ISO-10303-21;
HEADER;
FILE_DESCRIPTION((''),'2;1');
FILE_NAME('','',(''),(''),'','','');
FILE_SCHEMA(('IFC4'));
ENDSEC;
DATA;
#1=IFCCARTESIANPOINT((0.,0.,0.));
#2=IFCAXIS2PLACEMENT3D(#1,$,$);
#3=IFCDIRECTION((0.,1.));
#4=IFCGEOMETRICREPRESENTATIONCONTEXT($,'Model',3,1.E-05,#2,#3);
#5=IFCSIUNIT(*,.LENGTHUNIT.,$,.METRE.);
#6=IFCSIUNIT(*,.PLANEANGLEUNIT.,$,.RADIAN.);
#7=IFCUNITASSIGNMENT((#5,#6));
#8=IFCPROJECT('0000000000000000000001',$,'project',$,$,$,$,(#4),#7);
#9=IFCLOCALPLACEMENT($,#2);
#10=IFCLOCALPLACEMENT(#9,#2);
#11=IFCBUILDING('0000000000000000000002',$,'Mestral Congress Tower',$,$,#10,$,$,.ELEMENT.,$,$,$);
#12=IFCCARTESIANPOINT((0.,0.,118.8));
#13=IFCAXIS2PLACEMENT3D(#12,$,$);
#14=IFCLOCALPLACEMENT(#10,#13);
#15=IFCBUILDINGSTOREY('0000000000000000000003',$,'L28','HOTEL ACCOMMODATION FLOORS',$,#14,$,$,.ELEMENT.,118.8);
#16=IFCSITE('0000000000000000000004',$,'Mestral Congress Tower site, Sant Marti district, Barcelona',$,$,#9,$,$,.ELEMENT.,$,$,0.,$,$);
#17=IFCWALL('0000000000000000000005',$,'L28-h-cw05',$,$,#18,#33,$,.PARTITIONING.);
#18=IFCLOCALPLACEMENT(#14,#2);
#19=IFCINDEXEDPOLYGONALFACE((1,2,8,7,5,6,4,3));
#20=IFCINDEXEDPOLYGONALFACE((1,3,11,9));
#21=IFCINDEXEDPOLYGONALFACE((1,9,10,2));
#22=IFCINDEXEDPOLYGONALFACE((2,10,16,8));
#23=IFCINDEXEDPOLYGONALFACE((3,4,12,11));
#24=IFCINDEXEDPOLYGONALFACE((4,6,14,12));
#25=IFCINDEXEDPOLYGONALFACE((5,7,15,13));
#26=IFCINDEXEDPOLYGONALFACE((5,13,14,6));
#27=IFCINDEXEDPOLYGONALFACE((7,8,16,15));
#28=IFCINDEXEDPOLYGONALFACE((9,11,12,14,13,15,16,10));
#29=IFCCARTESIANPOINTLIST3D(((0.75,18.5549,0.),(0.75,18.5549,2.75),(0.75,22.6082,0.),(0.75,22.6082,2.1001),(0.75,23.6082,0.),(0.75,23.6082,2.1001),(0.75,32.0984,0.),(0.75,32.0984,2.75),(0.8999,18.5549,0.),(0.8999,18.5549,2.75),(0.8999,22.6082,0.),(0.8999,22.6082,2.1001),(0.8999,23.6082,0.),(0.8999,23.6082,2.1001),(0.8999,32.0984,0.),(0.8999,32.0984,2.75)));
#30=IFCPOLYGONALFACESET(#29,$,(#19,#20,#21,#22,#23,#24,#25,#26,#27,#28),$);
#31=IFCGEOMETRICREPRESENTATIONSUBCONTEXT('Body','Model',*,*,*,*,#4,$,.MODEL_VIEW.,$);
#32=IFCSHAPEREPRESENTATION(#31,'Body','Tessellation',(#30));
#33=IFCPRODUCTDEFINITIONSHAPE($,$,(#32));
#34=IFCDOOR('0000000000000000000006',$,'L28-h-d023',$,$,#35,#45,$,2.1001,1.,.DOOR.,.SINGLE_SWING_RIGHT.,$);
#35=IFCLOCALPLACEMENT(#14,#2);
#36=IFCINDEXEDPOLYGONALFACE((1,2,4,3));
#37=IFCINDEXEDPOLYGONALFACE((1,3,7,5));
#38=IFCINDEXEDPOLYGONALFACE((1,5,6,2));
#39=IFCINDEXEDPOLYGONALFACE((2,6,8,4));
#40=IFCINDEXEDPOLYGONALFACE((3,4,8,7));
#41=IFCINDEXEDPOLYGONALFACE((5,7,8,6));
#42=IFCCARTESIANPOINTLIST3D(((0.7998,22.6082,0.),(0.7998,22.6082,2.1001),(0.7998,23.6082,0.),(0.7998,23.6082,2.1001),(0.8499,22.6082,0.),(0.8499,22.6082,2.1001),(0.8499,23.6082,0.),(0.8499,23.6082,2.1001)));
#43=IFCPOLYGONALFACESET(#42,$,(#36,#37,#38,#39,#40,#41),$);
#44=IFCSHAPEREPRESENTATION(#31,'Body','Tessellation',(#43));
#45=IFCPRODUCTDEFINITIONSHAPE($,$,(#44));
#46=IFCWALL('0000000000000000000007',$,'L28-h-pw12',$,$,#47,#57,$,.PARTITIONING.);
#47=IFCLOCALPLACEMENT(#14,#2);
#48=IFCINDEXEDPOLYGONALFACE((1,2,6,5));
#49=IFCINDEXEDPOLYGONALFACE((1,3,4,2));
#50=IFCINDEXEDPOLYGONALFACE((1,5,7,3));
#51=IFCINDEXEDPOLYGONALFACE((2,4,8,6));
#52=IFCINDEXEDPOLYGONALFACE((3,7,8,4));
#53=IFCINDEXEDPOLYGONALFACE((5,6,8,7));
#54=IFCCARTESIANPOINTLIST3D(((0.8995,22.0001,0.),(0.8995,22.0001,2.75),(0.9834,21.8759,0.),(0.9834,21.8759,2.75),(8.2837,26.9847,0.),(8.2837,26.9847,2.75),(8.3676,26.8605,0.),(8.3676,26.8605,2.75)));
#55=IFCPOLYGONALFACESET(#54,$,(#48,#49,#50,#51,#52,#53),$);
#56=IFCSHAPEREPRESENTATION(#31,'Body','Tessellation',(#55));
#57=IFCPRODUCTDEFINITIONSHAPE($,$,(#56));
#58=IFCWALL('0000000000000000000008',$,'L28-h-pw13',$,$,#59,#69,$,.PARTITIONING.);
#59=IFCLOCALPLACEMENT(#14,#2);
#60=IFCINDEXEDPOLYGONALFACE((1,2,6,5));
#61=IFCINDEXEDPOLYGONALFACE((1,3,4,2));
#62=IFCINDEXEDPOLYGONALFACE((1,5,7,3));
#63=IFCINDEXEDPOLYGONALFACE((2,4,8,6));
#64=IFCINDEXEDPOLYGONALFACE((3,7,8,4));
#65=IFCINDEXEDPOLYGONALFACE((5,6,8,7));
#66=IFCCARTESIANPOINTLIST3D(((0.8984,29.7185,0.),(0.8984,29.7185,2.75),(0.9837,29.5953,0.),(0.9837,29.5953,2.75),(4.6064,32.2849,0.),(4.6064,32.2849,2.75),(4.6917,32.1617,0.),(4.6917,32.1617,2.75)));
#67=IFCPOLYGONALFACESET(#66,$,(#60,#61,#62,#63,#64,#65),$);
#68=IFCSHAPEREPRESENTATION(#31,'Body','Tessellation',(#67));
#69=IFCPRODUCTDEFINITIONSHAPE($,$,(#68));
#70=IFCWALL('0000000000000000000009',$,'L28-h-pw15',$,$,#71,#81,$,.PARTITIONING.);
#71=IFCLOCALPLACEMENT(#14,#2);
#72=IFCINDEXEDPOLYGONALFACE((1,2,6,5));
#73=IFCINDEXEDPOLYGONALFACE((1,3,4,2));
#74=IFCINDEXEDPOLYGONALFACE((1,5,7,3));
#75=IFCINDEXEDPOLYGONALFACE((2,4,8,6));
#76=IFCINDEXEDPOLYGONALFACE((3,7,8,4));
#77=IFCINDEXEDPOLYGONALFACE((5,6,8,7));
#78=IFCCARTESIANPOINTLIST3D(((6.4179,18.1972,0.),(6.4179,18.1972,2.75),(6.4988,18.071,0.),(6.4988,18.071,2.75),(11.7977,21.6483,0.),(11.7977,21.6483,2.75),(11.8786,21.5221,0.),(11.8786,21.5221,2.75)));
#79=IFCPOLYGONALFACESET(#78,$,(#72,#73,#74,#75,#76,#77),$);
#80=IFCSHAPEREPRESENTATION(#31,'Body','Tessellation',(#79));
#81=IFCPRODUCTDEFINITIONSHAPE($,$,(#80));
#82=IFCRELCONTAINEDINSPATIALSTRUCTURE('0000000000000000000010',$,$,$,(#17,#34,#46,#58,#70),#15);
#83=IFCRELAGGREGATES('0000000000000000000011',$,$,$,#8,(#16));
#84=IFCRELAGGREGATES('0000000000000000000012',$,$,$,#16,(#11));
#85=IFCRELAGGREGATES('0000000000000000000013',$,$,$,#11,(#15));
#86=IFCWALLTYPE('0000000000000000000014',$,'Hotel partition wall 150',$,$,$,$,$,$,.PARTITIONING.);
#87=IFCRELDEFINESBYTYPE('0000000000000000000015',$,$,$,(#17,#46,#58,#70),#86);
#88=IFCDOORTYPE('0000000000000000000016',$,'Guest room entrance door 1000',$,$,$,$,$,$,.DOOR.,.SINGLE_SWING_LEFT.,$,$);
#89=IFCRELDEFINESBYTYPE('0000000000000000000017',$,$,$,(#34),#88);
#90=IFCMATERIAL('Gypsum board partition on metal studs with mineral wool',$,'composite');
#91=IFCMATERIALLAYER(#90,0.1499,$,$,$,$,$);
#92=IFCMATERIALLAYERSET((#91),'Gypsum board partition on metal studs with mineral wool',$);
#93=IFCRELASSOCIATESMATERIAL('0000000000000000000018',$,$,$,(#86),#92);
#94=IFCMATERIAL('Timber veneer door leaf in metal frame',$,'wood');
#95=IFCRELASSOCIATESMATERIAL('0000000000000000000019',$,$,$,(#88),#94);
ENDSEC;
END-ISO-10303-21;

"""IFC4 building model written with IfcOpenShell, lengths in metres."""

from ifc_helpers import new_model, si_unit, direction, frame, frame_2d, origin, place, context, subcontext, project, spatial, rectangle, extrude, material, layer, layer_set, type_object, element, fill, save


model = new_model("IFC4")

# Units and contexts
model_context = context("Model", 3, precision=1e-05, world=origin(), true_north=direction((0.0, 1.0)))
body_context = subcontext(model_context, "Body", "Model", "MODEL_VIEW")
ifc_project = project(units=[si_unit("LENGTHUNIT", "METRE"), si_unit("PLANEANGLEUNIT", "RADIAN")], contexts=[model_context])

# Site, building, storey
site_placement = place(None, origin())
site = spatial("IfcSite", under=ifc_project, at=site_placement, Name="Mestral Congress Tower site, Sant Marti district, Barcelona", CompositionType="ELEMENT", RefElevation=0.0)
building_placement = place(site_placement, origin())
building = spatial("IfcBuilding", under=site, at=building_placement, Name="Mestral Congress Tower", CompositionType="ELEMENT")
storey_placement = place(building_placement, frame((0.0, 0.0, 118.8)))
storey = spatial("IfcBuildingStorey", under=building, at=storey_placement, Name="L28", Description="HOTEL ACCOMMODATION FLOORS", CompositionType="ELEMENT", Elevation=118.8)

# Shared definitions
ifc_material_1 = material(Name="Gypsum board partition on metal studs with mineral wool", Category="composite")

# Wall, opening, door
ifc_layer_1 = layer(ifc_material_1, 0.1499)
ifc_layer_set_1 = layer_set([ifc_layer_1], Name="Gypsum board partition on metal studs with mineral wool")
wall_type_1 = type_object("IfcWallType", Name="Hotel partition wall 150", PredefinedType="PARTITIONING", material=ifc_layer_set_1)
wall_1_placement = place(storey_placement, frame((0.825, 32.0984, 0.0), z_axis=(0.0, 0.0, 1.0), x_axis=(0.0, -1.0, 0.0)))
wall_1 = element("IfcWall", 1, at=wall_1_placement, inside=storey, type_object=wall_type_1, Name="L28-h-cw05", PredefinedType="PARTITIONING", context=body_context, shape_type="SweptSolid", body=[
    extrude(rectangle(XDim=13.5435, YDim=0.1499, at=frame_2d((6.7717, 0.0))), origin(), (0.0, 0.0, 1.0), 2.75),
])
opening_1_placement = place(wall_1_placement, frame((8.4902, 0.0, 0.0)))
opening_1 = element("IfcOpeningElement", 2, at=opening_1_placement, cuts=wall_1, PredefinedType="OPENING", context=body_context, shape_type="SweptSolid", body=[
    extrude(rectangle(XDim=1.0, YDim=2.1001, at=frame_2d((0.5, 1.05))), frame((0.0, 0.085, 0.0), z_axis=(0.0, -1.0, 0.0), x_axis=(1.0, 0.0, 0.0)), (0.0, 0.0, 1.0), 0.1699),
])
ifc_material_2 = material(Name="Timber veneer door leaf in metal frame", Category="wood")
door_type_1 = type_object("IfcDoorType", Name="Guest room entrance door 1000", OperationType="SINGLE_SWING_LEFT", PredefinedType="DOOR", material=ifc_material_2)
door_1_placement = place(opening_1_placement, origin())
door_1 = element("IfcDoor", 3, at=door_1_placement, inside=storey, type_object=door_type_1, Name="L28-h-d023", OperationType="SINGLE_SWING_RIGHT", OverallHeight=2.1001, OverallWidth=1.0, PredefinedType="DOOR", context=body_context, shape_type="SweptSolid", body=[
    extrude(rectangle(XDim=1.0, YDim=2.1001, at=frame_2d((0.5, 1.05))), frame((0.0, 0.0249, 0.0), z_axis=(0.0, -1.0, 0.0), x_axis=(1.0, 0.0, 0.0)), (0.0, 0.0, 1.0), 0.05),
])
fill(opening_1, door_1)

# Walls
wall_2_placement = place(storey_placement, frame((8.3257, 26.9226, 0.0), z_axis=(0.0, 0.0, 1.0), x_axis=(-0.828837, -0.559491, 0.0)))
element("IfcWall", 4, at=wall_2_placement, inside=storey, type_object=wall_type_1, Name="L28-h-pw12", PredefinedType="PARTITIONING", context=body_context, shape_type="SweptSolid", body=[
    extrude(rectangle(XDim=8.9092, YDim=0.1499, at=frame_2d((4.4546, 0.0))), origin(), (0.0, 0.0, 1.0), 2.75),
])
wall_3_placement = place(storey_placement, frame((4.6492, 32.2234, 0.0), z_axis=(0.0, 0.0, 1.0), x_axis=(-0.822262, -0.569109, 0.0)))
element("IfcWall", 5, at=wall_3_placement, inside=storey, type_object=wall_type_1, Name="L28-h-pw13", PredefinedType="PARTITIONING", context=body_context, shape_type="SweptSolid", body=[
    extrude(rectangle(XDim=4.5095, YDim=0.1499, at=frame_2d((2.2549, 0.0))), origin(), (0.0, 0.0, 1.0), 2.75),
])
wall_4_placement = place(storey_placement, frame((11.8381, 21.5852, 0.0), z_axis=(0.0, 0.0, 1.0), x_axis=(-0.841699, -0.539947, 0.0)))
element("IfcWall", 6, at=wall_4_placement, inside=storey, type_object=wall_type_1, Name="L28-h-pw15", PredefinedType="PARTITIONING", context=body_context, shape_type="SweptSolid", body=[
    extrude(rectangle(XDim=6.3916, YDim=0.1499, at=frame_2d((3.1958, 0.0))), origin(), (0.0, 0.0, 1.0), 2.75),
])

save(model, "model.ifc")
